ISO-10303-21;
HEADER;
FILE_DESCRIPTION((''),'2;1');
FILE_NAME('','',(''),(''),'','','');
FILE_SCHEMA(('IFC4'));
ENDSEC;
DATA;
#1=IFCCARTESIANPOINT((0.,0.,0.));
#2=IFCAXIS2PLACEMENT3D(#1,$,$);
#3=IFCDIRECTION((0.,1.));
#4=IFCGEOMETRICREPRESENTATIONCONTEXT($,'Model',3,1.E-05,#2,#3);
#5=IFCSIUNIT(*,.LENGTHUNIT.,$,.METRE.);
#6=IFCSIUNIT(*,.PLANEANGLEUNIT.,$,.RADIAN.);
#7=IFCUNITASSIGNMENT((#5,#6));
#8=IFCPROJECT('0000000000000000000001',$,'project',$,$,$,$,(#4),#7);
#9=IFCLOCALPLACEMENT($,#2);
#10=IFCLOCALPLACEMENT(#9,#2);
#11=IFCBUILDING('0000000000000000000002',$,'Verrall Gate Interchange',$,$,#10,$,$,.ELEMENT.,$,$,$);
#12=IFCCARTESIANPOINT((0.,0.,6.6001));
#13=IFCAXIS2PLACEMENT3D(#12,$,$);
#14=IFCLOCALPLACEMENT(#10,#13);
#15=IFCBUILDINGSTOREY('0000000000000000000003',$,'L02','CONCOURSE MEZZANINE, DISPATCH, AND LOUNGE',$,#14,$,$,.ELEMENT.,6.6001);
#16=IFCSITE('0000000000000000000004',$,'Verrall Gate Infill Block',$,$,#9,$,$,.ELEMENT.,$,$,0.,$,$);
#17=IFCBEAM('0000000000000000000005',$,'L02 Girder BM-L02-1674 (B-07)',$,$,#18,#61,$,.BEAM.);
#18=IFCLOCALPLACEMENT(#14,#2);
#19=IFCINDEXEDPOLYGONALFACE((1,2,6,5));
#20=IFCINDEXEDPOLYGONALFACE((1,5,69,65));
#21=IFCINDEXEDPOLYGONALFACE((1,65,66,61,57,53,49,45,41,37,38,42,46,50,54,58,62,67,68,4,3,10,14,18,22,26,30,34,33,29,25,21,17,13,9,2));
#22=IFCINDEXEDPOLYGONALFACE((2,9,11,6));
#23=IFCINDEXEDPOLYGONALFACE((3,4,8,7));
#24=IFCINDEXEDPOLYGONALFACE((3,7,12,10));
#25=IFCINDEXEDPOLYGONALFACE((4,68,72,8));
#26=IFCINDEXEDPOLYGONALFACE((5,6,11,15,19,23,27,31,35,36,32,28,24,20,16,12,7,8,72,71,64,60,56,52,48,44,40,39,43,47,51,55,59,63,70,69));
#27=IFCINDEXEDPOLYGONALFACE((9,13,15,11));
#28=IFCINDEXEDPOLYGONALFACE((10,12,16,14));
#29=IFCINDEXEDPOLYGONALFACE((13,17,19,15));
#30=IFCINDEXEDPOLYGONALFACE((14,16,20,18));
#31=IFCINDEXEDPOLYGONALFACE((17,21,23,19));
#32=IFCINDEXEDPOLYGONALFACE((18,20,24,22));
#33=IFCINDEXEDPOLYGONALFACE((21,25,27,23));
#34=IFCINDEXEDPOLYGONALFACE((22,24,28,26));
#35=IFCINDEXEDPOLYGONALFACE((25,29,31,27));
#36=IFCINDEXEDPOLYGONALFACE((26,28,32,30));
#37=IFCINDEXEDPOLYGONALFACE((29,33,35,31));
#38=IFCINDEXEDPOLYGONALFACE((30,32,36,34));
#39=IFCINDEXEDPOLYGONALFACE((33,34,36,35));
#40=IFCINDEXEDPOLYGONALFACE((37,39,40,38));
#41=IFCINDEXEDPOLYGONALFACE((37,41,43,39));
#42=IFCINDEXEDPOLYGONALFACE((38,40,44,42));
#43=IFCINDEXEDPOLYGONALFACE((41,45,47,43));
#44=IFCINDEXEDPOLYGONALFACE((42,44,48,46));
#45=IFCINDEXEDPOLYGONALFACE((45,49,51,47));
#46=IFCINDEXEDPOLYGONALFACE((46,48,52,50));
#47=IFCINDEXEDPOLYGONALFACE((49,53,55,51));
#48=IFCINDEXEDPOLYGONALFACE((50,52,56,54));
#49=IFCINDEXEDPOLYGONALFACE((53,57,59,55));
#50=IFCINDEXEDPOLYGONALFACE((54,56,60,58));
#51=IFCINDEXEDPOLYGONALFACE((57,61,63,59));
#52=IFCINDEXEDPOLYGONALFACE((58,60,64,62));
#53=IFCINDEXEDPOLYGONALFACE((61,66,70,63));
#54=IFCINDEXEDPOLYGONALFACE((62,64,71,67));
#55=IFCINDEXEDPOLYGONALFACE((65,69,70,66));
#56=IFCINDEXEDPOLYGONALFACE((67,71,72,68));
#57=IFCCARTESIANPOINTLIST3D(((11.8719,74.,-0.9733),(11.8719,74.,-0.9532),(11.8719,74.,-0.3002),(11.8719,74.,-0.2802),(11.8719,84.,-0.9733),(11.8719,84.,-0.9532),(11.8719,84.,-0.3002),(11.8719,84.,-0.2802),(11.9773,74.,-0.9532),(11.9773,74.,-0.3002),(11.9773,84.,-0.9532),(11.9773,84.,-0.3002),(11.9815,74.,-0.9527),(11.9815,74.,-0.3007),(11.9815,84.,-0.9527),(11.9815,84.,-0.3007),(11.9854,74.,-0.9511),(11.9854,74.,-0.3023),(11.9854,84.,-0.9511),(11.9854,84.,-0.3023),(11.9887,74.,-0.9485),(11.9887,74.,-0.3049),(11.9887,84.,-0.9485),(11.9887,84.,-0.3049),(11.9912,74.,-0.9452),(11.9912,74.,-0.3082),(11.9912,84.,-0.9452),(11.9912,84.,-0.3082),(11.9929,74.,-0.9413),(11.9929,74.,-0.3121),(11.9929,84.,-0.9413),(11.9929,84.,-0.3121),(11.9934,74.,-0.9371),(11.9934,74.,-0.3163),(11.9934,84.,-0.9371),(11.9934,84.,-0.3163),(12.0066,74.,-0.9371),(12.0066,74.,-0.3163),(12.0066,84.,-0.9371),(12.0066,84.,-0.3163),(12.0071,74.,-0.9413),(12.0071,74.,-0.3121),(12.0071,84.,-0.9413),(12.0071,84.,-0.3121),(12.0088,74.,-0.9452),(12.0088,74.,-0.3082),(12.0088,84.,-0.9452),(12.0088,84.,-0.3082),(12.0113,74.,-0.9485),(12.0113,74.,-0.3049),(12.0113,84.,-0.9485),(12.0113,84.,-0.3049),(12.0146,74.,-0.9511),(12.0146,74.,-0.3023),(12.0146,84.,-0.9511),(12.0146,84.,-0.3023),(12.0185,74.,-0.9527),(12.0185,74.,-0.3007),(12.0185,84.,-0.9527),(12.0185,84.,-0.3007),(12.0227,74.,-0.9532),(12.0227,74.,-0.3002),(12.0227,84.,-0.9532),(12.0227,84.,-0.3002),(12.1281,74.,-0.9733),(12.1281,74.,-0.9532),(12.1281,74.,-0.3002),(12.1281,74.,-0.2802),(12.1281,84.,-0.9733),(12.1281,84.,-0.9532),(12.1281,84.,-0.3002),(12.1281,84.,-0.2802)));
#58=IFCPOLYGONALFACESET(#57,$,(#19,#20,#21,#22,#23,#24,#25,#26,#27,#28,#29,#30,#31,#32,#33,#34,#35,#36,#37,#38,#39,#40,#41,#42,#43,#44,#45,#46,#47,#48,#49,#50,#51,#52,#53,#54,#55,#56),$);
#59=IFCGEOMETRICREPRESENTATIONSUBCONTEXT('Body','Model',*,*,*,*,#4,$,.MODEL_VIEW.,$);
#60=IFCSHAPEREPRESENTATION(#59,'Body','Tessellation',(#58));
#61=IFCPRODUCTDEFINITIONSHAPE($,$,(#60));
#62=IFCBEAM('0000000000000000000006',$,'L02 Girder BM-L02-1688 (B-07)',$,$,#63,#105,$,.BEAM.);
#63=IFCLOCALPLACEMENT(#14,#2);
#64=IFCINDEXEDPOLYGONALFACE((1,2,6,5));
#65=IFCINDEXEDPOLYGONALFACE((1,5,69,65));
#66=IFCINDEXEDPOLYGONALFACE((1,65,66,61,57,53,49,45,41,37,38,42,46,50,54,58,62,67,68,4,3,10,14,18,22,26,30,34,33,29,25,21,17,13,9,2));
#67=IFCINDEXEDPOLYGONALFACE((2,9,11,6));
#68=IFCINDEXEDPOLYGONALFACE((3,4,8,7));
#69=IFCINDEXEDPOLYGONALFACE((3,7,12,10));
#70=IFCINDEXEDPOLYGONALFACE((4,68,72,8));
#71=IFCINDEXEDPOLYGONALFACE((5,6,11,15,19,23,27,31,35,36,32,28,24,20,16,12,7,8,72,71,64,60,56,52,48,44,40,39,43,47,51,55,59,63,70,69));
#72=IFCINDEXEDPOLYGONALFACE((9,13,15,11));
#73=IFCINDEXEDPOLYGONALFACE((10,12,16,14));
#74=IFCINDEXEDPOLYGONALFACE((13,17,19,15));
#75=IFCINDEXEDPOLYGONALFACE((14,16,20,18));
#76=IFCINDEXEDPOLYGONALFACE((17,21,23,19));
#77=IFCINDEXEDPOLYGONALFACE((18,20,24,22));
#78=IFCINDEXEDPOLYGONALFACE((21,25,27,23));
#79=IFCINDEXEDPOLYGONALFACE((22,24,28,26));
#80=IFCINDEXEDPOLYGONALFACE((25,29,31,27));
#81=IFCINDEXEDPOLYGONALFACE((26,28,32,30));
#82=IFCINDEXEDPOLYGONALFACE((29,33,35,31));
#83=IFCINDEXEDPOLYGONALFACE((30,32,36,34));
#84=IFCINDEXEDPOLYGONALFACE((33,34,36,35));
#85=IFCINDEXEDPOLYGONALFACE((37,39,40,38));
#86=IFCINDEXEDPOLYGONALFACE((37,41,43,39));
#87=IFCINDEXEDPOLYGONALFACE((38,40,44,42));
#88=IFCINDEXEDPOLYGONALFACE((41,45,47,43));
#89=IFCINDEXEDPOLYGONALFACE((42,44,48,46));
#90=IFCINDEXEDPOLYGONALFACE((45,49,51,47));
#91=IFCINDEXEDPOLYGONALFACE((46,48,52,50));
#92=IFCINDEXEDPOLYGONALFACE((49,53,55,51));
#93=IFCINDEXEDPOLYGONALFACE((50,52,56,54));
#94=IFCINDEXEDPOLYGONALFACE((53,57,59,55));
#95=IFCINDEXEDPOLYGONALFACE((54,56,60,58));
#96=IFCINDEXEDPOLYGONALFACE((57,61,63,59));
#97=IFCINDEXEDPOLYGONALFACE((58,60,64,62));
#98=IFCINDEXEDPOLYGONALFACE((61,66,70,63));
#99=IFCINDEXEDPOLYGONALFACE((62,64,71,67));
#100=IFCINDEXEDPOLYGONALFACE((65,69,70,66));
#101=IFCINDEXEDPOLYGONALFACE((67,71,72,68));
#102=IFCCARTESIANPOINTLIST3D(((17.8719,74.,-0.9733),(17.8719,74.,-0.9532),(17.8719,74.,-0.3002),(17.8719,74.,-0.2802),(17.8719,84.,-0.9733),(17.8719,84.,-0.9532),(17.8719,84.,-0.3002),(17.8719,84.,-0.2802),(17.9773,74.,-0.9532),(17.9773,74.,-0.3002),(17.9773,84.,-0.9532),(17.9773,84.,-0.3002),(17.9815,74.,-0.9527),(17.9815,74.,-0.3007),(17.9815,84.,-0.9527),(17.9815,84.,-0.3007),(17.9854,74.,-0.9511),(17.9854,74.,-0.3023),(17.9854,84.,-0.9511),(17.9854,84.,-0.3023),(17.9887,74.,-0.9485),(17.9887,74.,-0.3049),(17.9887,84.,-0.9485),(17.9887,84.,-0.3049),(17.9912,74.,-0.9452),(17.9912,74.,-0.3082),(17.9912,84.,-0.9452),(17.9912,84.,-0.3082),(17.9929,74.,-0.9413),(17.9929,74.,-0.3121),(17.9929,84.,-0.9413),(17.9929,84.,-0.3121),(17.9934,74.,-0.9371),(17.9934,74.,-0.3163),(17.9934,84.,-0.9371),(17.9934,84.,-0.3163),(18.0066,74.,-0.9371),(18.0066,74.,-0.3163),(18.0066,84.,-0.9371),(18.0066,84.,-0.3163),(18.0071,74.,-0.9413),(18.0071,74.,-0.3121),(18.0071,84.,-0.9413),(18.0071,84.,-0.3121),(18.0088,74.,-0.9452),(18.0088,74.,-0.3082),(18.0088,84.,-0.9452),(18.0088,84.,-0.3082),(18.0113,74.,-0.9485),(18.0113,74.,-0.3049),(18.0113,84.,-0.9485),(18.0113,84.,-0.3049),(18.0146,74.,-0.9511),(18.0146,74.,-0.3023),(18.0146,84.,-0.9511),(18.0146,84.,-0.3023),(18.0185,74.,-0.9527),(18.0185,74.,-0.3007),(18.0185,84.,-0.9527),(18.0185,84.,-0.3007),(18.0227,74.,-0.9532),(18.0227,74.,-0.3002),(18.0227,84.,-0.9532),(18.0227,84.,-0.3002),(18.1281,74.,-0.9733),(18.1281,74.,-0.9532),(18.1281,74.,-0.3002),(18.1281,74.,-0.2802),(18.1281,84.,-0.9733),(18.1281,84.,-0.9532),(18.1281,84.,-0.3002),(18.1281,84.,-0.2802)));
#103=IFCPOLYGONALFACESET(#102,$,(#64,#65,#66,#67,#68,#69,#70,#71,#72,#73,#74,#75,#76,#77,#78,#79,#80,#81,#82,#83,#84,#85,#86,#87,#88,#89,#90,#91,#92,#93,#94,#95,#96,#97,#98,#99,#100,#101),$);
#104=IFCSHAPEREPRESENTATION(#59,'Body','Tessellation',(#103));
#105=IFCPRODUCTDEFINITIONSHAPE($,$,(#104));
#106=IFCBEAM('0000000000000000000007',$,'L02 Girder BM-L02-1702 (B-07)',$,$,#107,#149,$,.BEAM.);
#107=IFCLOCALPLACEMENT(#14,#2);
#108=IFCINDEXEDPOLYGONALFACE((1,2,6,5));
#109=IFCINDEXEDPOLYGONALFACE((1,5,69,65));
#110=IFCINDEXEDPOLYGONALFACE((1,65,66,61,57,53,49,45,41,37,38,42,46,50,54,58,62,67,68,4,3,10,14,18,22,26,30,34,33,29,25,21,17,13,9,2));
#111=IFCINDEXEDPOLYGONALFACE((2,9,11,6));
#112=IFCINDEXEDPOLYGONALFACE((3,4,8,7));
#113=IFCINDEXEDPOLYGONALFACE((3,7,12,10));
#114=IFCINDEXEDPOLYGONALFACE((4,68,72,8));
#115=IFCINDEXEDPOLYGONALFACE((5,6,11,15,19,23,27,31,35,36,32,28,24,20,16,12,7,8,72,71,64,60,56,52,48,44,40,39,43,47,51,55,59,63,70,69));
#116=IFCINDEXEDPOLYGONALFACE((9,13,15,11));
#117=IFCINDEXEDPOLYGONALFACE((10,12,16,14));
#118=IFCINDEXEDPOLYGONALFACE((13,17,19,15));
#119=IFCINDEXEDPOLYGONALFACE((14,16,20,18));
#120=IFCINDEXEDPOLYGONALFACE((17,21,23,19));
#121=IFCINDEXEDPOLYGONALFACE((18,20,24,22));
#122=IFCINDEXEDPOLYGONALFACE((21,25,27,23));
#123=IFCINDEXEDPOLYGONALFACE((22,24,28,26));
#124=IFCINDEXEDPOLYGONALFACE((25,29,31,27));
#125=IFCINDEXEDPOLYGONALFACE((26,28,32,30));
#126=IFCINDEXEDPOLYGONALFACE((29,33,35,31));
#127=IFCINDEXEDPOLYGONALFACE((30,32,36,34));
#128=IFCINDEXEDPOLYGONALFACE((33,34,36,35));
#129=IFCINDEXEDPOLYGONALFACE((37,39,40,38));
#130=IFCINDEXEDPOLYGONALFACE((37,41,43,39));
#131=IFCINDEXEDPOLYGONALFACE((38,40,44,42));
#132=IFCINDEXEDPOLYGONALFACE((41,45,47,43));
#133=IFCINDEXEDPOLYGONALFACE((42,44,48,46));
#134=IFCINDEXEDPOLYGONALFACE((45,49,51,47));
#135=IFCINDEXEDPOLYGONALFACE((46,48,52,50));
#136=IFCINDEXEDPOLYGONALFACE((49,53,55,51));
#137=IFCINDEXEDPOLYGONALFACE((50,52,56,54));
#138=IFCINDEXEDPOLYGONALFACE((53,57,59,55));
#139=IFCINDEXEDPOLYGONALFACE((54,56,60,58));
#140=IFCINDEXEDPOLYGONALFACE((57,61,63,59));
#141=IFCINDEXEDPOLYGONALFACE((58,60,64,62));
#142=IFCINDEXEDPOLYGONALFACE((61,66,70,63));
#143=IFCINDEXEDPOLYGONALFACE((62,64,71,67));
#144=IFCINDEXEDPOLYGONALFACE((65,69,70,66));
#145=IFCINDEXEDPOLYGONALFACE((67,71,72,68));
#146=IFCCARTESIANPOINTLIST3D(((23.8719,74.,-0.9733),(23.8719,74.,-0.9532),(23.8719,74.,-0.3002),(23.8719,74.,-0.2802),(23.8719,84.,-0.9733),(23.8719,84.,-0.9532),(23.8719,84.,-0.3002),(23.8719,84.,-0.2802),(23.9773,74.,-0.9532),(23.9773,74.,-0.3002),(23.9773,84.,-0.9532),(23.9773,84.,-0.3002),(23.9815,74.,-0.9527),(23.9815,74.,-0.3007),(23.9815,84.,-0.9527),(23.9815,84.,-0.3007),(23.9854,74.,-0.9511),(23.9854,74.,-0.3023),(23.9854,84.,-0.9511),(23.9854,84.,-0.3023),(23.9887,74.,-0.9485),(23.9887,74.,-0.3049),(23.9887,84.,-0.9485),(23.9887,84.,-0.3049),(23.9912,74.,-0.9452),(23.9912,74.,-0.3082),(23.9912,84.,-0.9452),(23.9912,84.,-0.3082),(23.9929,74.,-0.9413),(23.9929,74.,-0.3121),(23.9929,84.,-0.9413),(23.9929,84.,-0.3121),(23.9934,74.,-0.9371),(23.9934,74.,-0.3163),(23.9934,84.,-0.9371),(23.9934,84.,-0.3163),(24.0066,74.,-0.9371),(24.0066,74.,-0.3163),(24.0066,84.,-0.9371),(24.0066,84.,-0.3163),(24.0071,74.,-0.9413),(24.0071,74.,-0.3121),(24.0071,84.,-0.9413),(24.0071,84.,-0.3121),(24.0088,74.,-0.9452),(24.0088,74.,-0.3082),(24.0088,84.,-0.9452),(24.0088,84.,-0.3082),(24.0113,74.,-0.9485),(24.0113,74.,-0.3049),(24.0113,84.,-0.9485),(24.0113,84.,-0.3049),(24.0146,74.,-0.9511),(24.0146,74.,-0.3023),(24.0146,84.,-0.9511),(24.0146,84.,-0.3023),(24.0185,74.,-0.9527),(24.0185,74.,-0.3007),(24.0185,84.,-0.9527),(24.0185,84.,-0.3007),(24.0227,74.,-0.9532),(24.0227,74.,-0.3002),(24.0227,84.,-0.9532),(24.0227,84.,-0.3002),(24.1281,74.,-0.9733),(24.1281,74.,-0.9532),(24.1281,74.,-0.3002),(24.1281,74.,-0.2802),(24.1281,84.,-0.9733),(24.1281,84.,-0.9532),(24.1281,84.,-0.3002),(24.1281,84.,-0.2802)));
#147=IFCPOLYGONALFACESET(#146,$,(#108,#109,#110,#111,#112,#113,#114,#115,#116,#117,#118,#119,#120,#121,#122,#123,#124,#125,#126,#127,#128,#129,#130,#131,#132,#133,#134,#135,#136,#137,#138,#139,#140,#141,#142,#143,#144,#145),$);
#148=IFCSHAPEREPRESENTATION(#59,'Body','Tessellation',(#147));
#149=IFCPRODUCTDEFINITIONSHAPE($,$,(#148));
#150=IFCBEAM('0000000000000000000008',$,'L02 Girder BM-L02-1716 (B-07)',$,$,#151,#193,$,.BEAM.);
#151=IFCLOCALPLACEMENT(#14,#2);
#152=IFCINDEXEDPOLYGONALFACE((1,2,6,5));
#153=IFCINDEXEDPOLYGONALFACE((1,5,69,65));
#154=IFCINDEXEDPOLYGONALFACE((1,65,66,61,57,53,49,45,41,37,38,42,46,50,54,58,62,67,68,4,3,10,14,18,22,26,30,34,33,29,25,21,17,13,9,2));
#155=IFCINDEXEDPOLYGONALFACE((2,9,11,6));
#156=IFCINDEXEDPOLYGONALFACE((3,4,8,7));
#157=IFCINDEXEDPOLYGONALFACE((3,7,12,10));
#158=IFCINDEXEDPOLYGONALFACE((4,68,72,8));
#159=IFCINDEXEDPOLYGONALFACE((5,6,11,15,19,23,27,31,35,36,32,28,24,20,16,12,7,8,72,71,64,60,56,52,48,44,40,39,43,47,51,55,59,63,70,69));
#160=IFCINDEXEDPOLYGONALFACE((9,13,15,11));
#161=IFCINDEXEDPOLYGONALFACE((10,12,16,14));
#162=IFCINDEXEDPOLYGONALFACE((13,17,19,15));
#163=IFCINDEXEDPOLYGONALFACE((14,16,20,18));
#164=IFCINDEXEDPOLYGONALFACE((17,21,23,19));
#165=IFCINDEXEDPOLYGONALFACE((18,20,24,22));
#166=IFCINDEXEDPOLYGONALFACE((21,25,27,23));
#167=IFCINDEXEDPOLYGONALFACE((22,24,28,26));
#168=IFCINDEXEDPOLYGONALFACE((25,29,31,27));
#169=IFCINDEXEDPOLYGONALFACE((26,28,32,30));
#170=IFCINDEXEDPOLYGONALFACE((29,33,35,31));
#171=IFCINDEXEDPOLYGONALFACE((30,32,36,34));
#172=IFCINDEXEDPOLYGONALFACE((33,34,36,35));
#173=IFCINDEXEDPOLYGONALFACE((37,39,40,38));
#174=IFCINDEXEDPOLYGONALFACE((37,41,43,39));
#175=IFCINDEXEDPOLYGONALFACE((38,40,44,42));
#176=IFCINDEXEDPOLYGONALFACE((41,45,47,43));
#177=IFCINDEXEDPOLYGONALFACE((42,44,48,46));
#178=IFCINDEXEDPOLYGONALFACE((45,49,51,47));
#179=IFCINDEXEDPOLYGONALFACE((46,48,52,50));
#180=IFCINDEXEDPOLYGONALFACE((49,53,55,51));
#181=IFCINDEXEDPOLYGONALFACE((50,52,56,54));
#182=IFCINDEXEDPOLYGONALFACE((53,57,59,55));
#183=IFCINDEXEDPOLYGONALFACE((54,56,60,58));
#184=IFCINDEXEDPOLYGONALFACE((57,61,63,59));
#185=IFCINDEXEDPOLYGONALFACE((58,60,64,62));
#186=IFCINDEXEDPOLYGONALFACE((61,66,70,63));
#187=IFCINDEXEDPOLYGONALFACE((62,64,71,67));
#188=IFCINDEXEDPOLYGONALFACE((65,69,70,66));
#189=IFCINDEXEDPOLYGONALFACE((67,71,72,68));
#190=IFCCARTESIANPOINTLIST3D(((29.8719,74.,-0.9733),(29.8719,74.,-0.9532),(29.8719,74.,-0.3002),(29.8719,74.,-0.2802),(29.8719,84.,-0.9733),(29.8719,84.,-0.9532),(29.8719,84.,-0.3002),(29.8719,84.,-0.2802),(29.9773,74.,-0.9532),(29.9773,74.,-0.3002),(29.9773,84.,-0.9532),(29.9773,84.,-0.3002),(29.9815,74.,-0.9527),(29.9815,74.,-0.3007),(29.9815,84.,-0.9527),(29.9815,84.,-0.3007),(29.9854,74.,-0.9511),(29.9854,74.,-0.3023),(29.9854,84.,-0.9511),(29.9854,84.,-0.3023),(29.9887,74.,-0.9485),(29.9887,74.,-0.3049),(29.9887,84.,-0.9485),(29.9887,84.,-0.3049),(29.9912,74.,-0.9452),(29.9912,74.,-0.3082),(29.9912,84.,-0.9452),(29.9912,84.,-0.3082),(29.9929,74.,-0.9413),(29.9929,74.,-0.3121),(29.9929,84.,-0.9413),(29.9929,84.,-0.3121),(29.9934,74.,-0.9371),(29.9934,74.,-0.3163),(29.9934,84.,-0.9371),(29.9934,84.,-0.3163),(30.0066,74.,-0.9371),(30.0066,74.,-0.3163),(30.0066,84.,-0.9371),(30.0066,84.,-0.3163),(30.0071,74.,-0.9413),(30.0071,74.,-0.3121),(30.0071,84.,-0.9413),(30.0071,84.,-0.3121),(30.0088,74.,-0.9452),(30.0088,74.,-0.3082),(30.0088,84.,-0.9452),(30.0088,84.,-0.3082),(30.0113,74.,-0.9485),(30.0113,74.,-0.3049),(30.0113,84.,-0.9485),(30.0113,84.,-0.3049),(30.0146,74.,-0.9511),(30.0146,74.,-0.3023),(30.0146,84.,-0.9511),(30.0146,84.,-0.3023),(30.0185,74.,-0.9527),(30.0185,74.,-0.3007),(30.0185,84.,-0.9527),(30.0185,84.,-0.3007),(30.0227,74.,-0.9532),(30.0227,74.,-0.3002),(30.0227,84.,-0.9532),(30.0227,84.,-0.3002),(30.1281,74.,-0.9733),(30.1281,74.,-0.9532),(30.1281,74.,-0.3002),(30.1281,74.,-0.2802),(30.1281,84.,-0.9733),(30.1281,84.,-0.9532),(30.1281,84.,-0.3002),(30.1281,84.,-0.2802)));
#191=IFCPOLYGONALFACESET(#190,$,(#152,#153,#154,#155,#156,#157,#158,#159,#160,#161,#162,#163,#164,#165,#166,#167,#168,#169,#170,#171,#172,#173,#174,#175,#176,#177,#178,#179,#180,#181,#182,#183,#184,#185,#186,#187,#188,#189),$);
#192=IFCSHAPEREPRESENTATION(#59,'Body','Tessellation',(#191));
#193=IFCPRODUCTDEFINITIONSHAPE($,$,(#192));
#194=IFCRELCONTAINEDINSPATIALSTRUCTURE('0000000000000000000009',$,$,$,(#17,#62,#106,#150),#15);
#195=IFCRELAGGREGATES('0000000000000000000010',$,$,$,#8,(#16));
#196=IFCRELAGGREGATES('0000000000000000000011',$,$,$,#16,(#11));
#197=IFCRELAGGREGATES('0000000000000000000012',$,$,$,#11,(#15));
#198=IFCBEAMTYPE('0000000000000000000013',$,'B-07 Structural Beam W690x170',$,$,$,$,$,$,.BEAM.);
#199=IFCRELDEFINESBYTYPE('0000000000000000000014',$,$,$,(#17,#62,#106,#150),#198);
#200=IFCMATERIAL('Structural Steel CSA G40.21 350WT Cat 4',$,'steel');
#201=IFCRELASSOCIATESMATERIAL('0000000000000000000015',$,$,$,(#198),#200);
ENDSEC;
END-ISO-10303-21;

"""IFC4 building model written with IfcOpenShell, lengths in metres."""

from ifc_helpers import new_model, si_unit, direction, frame, origin, origin_2d, place, context, subcontext, project, spatial, i_section, extrude, material, material_profile, profile_set, type_object, element, save


model = new_model("IFC4")

# Units and contexts
model_context = context("Model", 3, precision=1e-05, world=origin(), true_north=direction((0.0, 1.0)))
body_context = subcontext(model_context, "Body", "Model", "MODEL_VIEW")
ifc_project = project(units=[si_unit("LENGTHUNIT", "METRE"), si_unit("PLANEANGLEUNIT", "RADIAN")], contexts=[model_context])

# Site, building, storey
site_placement = place(None, origin())
site = spatial("IfcSite", under=ifc_project, at=site_placement, Name="Verrall Gate Infill Block", CompositionType="ELEMENT", RefElevation=0.0)
building_placement = place(site_placement, origin())
building = spatial("IfcBuilding", under=site, at=building_placement, Name="Verrall Gate Interchange", CompositionType="ELEMENT")
storey_placement = place(building_placement, frame((0.0, 0.0, 6.6001)))
storey = spatial("IfcBuildingStorey", under=building, at=storey_placement, Name="L02", Description="CONCOURSE MEZZANINE, DISPATCH, AND LOUNGE", CompositionType="ELEMENT", Elevation=6.6001)

# Beams
ifc_material_1 = material(Name="Structural Steel CSA G40.21 350WT Cat 4", Category="steel")
ifc_material_profile_1 = material_profile(ifc_material_1, i_section(OverallWidth=0.2561, OverallDepth=0.6931, WebThickness=0.0132, FlangeThickness=0.02, FilletRadius=0.0161, at=origin_2d()), Name="W690x170")
ifc_profile_set_1 = profile_set([ifc_material_profile_1], Name="Structural Steel CSA G40.21 350WT Cat 4")
beam_type_1 = type_object("IfcBeamType", Name="B-07 Structural Beam W690x170", PredefinedType="BEAM", material=ifc_profile_set_1)
for number, where, z_axis, x_axis, name in (
    (1, (12.0, 74.0, -0.6267), (0.0, 1.0, 0.0), (-1.0, 0.0, 0.0), "L02 Girder BM-L02-1674 (B-07)"),
    (2, (18.0, 74.0, -0.6267), (0.0, 1.0, 0.0), (-1.0, 0.0, 0.0), "L02 Girder BM-L02-1688 (B-07)"),
    (3, (24.0, 74.0, -0.6267), (0.0, 1.0, 0.0), (-1.0, 0.0, 0.0), "L02 Girder BM-L02-1702 (B-07)"),
    (4, (30.0, 74.0, -0.6267), (0.0, 1.0, 0.0), (-1.0, 0.0, 0.0), "L02 Girder BM-L02-1716 (B-07)"),
):
    element("IfcBeam", number, at=place(storey_placement, frame(where, z_axis=z_axis, x_axis=x_axis)), inside=storey, type_object=beam_type_1, Name=name, PredefinedType="BEAM", context=body_context, shape_type="SweptSolid", body=[
        extrude(i_section(OverallWidth=0.2561, OverallDepth=0.6931, WebThickness=0.0132, FlangeThickness=0.02, FilletRadius=0.0161, at=origin_2d()), origin(), (0.0, 0.0, 1.0), 10.0),
    ])

save(model, "model.ifc")
